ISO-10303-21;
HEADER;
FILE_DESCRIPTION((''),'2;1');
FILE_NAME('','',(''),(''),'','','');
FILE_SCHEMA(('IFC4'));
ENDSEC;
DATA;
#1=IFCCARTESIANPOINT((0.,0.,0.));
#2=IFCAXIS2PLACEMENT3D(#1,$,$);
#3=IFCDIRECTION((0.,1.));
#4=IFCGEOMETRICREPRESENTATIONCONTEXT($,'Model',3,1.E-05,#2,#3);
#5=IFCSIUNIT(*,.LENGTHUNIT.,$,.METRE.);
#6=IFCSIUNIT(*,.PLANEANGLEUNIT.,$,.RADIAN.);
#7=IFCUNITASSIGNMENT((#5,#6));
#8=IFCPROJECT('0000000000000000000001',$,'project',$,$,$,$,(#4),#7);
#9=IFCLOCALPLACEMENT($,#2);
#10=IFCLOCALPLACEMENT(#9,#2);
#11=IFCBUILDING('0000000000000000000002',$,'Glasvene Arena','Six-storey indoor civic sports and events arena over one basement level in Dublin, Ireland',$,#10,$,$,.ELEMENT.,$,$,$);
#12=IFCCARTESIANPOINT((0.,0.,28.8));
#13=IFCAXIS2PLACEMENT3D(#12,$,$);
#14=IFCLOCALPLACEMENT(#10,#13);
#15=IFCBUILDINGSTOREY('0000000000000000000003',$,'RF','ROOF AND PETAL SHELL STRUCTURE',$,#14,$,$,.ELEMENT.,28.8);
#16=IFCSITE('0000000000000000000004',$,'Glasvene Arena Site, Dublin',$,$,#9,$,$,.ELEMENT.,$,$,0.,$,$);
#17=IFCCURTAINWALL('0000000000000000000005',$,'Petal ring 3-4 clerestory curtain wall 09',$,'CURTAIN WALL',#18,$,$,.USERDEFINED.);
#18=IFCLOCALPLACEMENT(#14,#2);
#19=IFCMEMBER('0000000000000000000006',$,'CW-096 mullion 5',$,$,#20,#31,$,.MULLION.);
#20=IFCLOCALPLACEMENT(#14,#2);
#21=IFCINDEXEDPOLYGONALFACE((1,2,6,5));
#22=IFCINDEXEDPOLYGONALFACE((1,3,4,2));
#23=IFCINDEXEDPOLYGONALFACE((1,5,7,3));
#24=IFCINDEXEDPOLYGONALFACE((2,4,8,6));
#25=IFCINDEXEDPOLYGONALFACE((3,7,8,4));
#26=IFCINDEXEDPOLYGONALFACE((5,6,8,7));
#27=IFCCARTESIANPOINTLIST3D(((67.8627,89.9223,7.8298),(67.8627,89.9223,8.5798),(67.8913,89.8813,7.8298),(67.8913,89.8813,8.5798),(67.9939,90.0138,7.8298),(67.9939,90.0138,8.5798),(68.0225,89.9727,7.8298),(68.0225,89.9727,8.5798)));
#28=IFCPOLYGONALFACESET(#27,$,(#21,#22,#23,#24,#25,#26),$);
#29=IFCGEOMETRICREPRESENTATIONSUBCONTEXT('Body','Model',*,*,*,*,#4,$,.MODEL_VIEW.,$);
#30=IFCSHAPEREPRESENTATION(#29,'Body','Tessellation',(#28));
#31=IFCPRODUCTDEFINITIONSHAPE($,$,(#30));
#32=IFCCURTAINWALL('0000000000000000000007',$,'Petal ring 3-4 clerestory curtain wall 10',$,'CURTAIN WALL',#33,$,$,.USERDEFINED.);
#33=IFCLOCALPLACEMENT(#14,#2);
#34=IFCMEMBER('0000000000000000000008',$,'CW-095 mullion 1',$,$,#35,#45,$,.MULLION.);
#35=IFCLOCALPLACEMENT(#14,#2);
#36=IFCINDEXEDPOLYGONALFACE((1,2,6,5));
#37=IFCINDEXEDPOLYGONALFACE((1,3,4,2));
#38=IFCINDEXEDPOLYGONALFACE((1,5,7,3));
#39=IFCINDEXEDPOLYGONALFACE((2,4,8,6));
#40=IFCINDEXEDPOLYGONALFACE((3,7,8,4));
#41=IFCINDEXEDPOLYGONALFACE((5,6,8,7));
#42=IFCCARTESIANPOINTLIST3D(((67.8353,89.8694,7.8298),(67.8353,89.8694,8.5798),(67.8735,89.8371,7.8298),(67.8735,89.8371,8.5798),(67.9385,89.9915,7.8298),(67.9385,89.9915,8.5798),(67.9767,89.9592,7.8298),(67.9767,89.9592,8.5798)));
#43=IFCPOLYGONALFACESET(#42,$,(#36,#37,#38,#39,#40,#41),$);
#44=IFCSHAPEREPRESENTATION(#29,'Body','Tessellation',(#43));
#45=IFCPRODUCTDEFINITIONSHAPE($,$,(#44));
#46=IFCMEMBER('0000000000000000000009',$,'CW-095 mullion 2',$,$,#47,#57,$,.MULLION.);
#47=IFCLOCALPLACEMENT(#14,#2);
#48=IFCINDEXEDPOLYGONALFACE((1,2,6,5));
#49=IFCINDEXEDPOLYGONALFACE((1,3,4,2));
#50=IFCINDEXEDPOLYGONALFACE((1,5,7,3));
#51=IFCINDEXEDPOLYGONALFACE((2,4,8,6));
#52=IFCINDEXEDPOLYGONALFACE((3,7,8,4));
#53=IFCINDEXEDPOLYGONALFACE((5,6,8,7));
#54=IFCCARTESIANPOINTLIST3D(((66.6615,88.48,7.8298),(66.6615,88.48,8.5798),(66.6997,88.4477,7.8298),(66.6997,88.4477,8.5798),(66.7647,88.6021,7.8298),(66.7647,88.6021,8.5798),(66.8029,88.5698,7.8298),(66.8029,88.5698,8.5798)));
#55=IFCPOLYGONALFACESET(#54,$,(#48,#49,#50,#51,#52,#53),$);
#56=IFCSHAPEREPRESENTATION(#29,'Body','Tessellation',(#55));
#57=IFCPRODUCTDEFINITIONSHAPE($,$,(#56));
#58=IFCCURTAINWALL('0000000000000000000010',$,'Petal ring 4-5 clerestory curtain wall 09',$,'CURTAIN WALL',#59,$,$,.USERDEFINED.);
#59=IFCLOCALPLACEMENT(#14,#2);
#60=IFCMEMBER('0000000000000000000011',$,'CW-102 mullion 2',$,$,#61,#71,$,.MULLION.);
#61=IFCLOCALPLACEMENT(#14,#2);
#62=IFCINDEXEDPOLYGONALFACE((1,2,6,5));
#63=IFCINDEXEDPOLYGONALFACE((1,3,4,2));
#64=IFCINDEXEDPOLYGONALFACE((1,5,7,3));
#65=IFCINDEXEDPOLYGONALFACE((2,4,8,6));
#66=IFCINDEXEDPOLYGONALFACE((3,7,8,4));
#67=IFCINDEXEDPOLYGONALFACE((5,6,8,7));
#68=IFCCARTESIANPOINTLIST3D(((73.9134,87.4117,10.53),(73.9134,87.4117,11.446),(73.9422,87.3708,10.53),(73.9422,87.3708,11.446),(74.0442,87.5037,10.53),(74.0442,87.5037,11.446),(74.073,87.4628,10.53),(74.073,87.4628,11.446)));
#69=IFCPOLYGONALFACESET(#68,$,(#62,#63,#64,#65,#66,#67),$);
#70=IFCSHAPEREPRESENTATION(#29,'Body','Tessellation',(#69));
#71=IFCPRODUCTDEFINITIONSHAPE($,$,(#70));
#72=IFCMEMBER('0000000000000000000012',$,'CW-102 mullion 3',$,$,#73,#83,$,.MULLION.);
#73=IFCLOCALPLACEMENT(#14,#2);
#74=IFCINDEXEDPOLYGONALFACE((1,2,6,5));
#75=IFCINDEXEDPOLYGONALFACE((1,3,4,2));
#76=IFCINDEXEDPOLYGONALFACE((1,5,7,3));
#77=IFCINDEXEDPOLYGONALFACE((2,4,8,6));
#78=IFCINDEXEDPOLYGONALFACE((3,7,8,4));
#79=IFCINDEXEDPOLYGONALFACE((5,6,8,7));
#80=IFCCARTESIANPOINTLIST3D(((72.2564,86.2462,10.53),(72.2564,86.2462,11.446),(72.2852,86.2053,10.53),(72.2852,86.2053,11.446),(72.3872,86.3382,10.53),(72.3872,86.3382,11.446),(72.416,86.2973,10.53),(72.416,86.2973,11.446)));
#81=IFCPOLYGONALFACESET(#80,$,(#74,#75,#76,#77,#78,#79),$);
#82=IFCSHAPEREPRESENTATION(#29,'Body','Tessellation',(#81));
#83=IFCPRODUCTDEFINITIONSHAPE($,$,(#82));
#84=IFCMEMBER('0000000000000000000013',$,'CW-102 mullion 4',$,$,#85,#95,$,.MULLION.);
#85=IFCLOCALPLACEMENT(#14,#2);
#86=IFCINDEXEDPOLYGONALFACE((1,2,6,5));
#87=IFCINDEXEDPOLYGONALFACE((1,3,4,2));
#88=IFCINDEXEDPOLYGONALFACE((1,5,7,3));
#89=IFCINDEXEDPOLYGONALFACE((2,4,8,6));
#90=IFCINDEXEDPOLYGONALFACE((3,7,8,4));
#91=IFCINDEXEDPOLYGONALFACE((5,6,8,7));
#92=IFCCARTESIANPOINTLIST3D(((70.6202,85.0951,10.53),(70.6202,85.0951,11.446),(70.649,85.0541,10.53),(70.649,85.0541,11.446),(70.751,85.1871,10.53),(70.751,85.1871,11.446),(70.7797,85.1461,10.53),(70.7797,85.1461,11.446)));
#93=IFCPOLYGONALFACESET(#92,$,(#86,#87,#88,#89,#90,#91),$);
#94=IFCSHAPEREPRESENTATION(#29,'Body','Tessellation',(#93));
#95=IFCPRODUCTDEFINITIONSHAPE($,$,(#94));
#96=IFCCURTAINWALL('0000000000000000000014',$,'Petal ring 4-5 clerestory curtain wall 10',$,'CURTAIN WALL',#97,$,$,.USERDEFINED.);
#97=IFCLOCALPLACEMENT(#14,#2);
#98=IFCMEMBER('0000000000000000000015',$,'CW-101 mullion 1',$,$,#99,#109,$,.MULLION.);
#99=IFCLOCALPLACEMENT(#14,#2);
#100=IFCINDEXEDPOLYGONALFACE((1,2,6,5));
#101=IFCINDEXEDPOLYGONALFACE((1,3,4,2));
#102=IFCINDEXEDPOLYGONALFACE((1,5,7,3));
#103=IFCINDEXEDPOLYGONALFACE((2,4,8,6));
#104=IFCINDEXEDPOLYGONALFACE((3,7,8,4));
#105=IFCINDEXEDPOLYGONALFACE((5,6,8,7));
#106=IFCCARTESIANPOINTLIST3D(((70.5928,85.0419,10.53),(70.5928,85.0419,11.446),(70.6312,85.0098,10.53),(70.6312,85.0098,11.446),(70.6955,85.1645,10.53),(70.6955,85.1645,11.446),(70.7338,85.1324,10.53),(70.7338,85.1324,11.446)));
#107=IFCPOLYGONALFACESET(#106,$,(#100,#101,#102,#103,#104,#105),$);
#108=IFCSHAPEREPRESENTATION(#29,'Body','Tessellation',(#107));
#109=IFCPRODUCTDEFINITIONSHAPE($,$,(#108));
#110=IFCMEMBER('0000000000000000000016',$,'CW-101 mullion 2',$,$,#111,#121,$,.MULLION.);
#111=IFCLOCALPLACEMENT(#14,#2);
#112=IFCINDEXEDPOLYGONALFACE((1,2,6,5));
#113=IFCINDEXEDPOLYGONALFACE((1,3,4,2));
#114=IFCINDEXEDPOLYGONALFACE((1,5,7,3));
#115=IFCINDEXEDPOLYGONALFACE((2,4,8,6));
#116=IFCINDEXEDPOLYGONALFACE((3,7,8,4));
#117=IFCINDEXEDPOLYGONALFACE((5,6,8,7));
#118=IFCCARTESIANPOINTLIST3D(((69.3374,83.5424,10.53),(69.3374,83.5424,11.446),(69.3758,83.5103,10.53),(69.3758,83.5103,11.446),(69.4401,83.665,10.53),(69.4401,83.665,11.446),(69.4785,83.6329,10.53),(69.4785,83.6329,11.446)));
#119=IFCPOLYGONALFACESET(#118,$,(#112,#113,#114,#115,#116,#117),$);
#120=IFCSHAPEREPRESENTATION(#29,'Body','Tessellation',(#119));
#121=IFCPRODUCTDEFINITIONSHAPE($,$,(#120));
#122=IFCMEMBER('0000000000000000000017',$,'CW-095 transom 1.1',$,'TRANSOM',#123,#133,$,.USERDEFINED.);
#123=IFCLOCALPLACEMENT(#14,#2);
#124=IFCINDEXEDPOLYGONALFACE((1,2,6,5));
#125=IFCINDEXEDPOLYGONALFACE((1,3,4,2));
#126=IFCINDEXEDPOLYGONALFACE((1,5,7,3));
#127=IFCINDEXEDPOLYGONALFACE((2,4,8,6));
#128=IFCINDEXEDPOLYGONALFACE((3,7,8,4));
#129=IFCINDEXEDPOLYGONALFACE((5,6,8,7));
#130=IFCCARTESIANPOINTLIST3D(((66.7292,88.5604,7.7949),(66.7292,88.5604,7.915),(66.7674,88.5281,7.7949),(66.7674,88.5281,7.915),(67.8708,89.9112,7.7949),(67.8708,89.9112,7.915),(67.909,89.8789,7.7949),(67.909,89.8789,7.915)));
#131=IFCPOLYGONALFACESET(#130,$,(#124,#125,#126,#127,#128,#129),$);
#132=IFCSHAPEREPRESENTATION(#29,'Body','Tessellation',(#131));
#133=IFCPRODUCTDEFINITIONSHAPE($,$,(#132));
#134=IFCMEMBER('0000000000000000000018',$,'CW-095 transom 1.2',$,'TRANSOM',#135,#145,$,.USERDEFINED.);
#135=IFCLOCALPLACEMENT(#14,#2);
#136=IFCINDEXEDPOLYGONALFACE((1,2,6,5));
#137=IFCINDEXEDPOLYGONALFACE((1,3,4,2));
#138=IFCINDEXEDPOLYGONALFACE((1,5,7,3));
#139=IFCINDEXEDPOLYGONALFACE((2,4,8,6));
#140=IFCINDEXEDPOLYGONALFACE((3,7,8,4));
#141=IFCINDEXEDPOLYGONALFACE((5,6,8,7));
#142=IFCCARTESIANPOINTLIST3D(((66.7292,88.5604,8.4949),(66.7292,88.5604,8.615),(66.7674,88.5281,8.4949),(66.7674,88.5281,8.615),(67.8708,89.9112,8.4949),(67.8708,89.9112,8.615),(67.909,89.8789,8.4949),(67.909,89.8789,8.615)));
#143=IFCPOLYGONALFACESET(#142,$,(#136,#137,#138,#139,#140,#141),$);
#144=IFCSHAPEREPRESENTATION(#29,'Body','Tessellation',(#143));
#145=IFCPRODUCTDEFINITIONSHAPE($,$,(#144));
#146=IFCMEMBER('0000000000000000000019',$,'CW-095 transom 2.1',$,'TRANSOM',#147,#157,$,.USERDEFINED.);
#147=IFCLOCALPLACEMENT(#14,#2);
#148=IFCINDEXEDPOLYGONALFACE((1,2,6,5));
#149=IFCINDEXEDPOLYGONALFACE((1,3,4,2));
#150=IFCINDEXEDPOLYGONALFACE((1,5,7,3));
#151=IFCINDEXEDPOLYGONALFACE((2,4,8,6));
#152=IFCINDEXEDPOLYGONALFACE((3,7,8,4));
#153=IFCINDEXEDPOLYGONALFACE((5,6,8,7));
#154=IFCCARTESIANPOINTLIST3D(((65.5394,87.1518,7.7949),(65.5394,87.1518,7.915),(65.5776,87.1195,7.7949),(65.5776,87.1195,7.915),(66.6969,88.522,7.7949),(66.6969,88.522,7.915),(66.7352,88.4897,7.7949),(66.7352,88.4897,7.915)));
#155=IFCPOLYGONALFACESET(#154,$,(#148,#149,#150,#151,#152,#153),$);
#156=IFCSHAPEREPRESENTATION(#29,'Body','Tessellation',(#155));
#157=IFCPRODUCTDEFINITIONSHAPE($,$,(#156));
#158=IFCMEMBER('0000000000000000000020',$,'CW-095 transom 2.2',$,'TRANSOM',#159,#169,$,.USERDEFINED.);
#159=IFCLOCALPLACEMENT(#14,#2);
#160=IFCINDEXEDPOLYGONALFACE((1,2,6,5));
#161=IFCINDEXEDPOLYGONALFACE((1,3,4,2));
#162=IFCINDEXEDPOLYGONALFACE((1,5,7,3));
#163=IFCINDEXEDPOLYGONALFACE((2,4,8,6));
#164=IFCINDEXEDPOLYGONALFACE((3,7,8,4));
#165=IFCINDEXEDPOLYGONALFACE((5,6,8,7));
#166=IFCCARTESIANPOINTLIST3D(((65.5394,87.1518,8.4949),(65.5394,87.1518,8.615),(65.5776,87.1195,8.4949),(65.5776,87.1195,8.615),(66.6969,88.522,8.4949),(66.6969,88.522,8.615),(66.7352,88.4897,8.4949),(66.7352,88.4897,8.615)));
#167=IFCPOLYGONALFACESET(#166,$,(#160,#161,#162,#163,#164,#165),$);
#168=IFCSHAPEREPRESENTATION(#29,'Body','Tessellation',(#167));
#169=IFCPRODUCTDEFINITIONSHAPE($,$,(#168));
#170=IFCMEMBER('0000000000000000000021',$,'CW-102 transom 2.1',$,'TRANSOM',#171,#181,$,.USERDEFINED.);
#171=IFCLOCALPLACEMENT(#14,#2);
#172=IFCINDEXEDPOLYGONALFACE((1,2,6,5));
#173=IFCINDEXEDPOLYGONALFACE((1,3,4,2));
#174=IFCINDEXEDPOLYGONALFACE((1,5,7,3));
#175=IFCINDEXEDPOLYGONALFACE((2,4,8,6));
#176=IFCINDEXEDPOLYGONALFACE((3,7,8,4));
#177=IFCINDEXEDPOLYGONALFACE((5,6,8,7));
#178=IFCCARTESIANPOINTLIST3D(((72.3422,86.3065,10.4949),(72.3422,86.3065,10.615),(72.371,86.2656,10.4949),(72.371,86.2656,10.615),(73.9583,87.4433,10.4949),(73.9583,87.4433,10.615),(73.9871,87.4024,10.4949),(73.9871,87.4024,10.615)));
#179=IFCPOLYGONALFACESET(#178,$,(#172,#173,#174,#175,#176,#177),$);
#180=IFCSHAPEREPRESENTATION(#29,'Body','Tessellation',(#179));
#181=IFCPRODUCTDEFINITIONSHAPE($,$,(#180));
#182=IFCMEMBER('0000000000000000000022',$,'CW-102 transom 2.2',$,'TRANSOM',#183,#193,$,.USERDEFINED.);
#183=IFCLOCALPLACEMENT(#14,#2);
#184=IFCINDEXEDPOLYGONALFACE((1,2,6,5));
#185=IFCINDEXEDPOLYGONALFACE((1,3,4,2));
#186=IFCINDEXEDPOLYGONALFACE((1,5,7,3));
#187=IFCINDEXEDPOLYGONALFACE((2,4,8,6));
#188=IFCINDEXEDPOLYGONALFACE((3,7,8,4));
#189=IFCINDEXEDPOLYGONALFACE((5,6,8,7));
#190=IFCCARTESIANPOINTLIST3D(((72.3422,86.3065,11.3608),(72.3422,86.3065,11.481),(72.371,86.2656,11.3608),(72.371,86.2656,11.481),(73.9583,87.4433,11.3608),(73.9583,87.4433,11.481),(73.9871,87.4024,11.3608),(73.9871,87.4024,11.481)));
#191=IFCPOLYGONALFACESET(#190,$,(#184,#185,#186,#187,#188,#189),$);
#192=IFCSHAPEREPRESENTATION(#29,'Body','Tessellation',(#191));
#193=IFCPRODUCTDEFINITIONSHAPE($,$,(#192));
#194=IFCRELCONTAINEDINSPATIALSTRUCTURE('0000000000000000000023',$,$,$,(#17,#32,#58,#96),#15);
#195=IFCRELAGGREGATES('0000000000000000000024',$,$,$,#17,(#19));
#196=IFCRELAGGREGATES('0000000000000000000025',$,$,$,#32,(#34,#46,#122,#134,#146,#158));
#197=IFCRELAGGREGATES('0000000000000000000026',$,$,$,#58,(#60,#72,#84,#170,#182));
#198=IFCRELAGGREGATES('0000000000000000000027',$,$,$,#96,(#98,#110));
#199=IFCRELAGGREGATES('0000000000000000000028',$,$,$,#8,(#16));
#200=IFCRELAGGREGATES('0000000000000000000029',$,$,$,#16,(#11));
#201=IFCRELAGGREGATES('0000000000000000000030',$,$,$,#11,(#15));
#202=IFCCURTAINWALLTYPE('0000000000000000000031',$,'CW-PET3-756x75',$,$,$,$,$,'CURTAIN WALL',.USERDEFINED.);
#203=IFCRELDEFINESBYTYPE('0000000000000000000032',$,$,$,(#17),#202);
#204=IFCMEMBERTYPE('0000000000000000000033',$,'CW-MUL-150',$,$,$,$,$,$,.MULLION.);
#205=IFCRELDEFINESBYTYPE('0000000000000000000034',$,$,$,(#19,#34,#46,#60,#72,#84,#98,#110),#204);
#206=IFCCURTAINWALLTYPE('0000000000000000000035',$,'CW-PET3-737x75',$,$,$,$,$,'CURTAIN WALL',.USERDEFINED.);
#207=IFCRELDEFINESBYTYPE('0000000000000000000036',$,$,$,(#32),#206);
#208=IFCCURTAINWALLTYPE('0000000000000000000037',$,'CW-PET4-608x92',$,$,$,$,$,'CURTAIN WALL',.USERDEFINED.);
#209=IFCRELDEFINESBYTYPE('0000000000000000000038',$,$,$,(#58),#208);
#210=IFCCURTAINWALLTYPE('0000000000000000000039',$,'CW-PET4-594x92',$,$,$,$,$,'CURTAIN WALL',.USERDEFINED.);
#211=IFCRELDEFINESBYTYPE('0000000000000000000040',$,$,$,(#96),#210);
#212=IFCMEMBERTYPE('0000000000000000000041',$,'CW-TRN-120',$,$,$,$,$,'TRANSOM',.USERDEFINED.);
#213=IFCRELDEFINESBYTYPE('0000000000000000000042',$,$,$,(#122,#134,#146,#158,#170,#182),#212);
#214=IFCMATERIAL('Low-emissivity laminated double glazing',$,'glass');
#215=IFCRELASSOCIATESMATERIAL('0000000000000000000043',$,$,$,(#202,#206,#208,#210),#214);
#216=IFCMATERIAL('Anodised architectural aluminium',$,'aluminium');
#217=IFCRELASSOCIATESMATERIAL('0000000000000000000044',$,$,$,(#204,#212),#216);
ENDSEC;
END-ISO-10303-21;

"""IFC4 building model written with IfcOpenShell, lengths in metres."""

from ifc_helpers import new_model, si_unit, direction, frame, origin, origin_2d, place, context, subcontext, project, spatial, rectangle, extrude, material, material_profile, profile_set, type_object, element, aggregate, save


model = new_model("IFC4")

# Units and contexts
model_context = context("Model", 3, precision=1e-05, world=origin(), true_north=direction((0.0, 1.0)))
body_context = subcontext(model_context, "Body", "Model", "MODEL_VIEW")
ifc_project = project(units=[si_unit("LENGTHUNIT", "METRE"), si_unit("PLANEANGLEUNIT", "RADIAN")], contexts=[model_context])

# Site, building, storey
site_placement = place(None, origin())
site = spatial("IfcSite", under=ifc_project, at=site_placement, Name="Glasvene Arena Site, Dublin", CompositionType="ELEMENT", RefElevation=0.0)
building_placement = place(site_placement, origin())
building = spatial("IfcBuilding", under=site, at=building_placement, Name="Glasvene Arena", Description="Six-storey indoor civic sports and events arena over one basement level in Dublin, Ireland", CompositionType="ELEMENT")
storey_placement = place(building_placement, frame((0.0, 0.0, 28.8)))
storey = spatial("IfcBuildingStorey", under=building, at=storey_placement, Name="RF", Description="ROOF AND PETAL SHELL STRUCTURE", CompositionType="ELEMENT", Elevation=28.8)

# Curtain wall, member
ifc_material_1 = material(Name="Low-emissivity laminated double glazing", Category="glass")
curtain_wall_type_1 = type_object("IfcCurtainWallType", Name="CW-PET3-756x75", ElementType="CURTAIN WALL", PredefinedType="USERDEFINED", material=ifc_material_1)
curtain_wall_1_placement = place(storey_placement, frame((74.125, 94.2559, 0.0)))
curtain_wall_1 = element("IfcCurtainWall", 1, at=curtain_wall_1_placement, inside=storey, type_object=curtain_wall_type_1, Name="Petal ring 3-4 clerestory curtain wall 09", ObjectType="CURTAIN WALL", PredefinedType="USERDEFINED")
ifc_material_2 = material(Name="Anodised architectural aluminium", Category="aluminium")
ifc_material_profile_1 = material_profile(ifc_material_2, rectangle(XDim=0.05, YDim=0.1599, at=origin_2d()), Name="ALU MULLION 50x160")
ifc_profile_set_1 = profile_set([ifc_material_profile_1], Name="Anodised architectural aluminium")
member_type_1 = type_object("IfcMemberType", Name="CW-MUL-150", PredefinedType="MULLION", material=ifc_profile_set_1)
member_1_placement = place(storey_placement, frame((67.9426, 89.9475, 7.8298), z_axis=(0.0, 0.0, 1.0), x_axis=(0.571742, -0.820433, 0.0)))
member_1 = element("IfcMember", 2, at=member_1_placement, type_object=member_type_1, Name="CW-096 mullion 5", PredefinedType="MULLION", context=body_context, shape_type="SweptSolid", body=[
    extrude(rectangle(XDim=0.05, YDim=0.1599, at=origin_2d()), origin(), (0.0, 0.0, 1.0), 0.75),
])
aggregate(curtain_wall_1, [member_1])

# Curtain walls, members
curtain_wall_type_2 = type_object("IfcCurtainWallType", Name="CW-PET3-737x75", ElementType="CURTAIN WALL", PredefinedType="USERDEFINED", material=ifc_material_1)
curtain_wall_2_placement = place(storey_placement, frame((67.9221, 89.9333, 0.0)))
curtain_wall_2 = element("IfcCurtainWall", 3, at=curtain_wall_2_placement, inside=storey, type_object=curtain_wall_type_2, Name="Petal ring 3-4 clerestory curtain wall 10", ObjectType="CURTAIN WALL", PredefinedType="USERDEFINED")
member_2_placement = place(storey_placement, frame((67.906, 89.9143, 7.8298), z_axis=(0.0, 0.0, 1.0), x_axis=(0.76385, -0.645394, 0.0)))
member_2 = element("IfcMember", 4, at=member_2_placement, type_object=member_type_1, Name="CW-095 mullion 1", PredefinedType="MULLION", context=body_context, shape_type="SweptSolid", body=[
    extrude(rectangle(XDim=0.05, YDim=0.1599, at=origin_2d()), origin(), (0.0, 0.0, 1.0), 0.75),
])
member_3_placement = place(storey_placement, frame((66.7322, 88.5249, 7.8298), z_axis=(0.0, 0.0, 1.0), x_axis=(0.76385, -0.645394, 0.0)))
member_3 = element("IfcMember", 5, at=member_3_placement, type_object=member_type_1, Name="CW-095 mullion 2", PredefinedType="MULLION", context=body_context, shape_type="SweptSolid", body=[
    extrude(rectangle(XDim=0.05, YDim=0.1599, at=origin_2d()), origin(), (0.0, 0.0, 1.0), 0.75),
])
curtain_wall_type_3 = type_object("IfcCurtainWallType", Name="CW-PET4-608x92", ElementType="CURTAIN WALL", PredefinedType="USERDEFINED", material=ifc_material_1)
curtain_wall_3_placement = place(storey_placement, frame((75.6499, 88.6025, 0.0)))
curtain_wall_3 = element("IfcCurtainWall", 6, at=curtain_wall_3_placement, inside=storey, type_object=curtain_wall_type_3, Name="Petal ring 4-5 clerestory curtain wall 09", ObjectType="CURTAIN WALL", PredefinedType="USERDEFINED")
member_4_placement = place(storey_placement, frame((73.9932, 87.4373, 10.53), z_axis=(0.0, 0.0, 1.0), x_axis=(0.575325, -0.817925, 0.0)))
member_4 = element("IfcMember", 7, at=member_4_placement, type_object=member_type_1, Name="CW-102 mullion 2", PredefinedType="MULLION", context=body_context, shape_type="SweptSolid", body=[
    extrude(rectangle(XDim=0.05, YDim=0.1599, at=origin_2d()), origin(), (0.0, 0.0, 1.0), 0.916),
])
member_5_placement = place(storey_placement, frame((72.3362, 86.2717, 10.53), z_axis=(0.0, 0.0, 1.0), x_axis=(0.575325, -0.817925, 0.0)))
member_5 = element("IfcMember", 8, at=member_5_placement, type_object=member_type_1, Name="CW-102 mullion 3", PredefinedType="MULLION", context=body_context, shape_type="SweptSolid", body=[
    extrude(rectangle(XDim=0.05, YDim=0.1599, at=origin_2d()), origin(), (0.0, 0.0, 1.0), 0.916),
])
member_6_placement = place(storey_placement, frame((70.7, 85.1206, 10.53), z_axis=(0.0, 0.0, 1.0), x_axis=(0.575325, -0.817925, 0.0)))
member_6 = element("IfcMember", 9, at=member_6_placement, type_object=member_type_1, Name="CW-102 mullion 4", PredefinedType="MULLION", context=body_context, shape_type="SweptSolid", body=[
    extrude(rectangle(XDim=0.05, YDim=0.1599, at=origin_2d()), origin(), (0.0, 0.0, 1.0), 0.916),
])
curtain_wall_type_4 = type_object("IfcCurtainWallType", Name="CW-PET4-594x92", ElementType="CURTAIN WALL", PredefinedType="USERDEFINED", material=ifc_material_1)
curtain_wall_4_placement = place(storey_placement, frame((70.6794, 85.1062, 0.0)))
curtain_wall_4 = element("IfcCurtainWall", 10, at=curtain_wall_4_placement, inside=storey, type_object=curtain_wall_type_4, Name="Petal ring 4-5 clerestory curtain wall 10", ObjectType="CURTAIN WALL", PredefinedType="USERDEFINED")
member_7_placement = place(storey_placement, frame((70.6633, 85.0872, 10.53), z_axis=(0.0, 0.0, 1.0), x_axis=(0.766805, -0.64188, 0.0)))
member_7 = element("IfcMember", 11, at=member_7_placement, type_object=member_type_1, Name="CW-101 mullion 1", PredefinedType="MULLION", context=body_context, shape_type="SweptSolid", body=[
    extrude(rectangle(XDim=0.05, YDim=0.1599, at=origin_2d()), origin(), (0.0, 0.0, 1.0), 0.916),
])
member_8_placement = place(storey_placement, frame((69.408, 83.5876, 10.53), z_axis=(0.0, 0.0, 1.0), x_axis=(0.766805, -0.64188, 0.0)))
member_8 = element("IfcMember", 12, at=member_8_placement, type_object=member_type_1, Name="CW-101 mullion 2", PredefinedType="MULLION", context=body_context, shape_type="SweptSolid", body=[
    extrude(rectangle(XDim=0.05, YDim=0.1599, at=origin_2d()), origin(), (0.0, 0.0, 1.0), 0.916),
])

# Members
ifc_material_profile_2 = material_profile(ifc_material_2, rectangle(XDim=0.05, YDim=0.1201, at=origin_2d()), Name="ALU TRANSOM 50x120")
ifc_profile_set_2 = profile_set([ifc_material_profile_2], Name="Anodised architectural aluminium")
member_type_2 = type_object("IfcMemberType", Name="CW-TRN-120", ElementType="TRANSOM", PredefinedType="USERDEFINED", material=ifc_profile_set_2)
member_9_placement = place(storey_placement, frame((67.8899, 89.895, 7.855), z_axis=(-0.645478, -0.763779, 0.0), x_axis=(0.763779, -0.645478, 0.0)))
member_9 = element("IfcMember", 13, at=member_9_placement, type_object=member_type_2, Name="CW-095 transom 1.1", ObjectType="TRANSOM", PredefinedType="USERDEFINED", context=body_context, shape_type="SweptSolid", body=[
    extrude(rectangle(XDim=0.05, YDim=0.1201, at=origin_2d()), origin(), (0.0, 0.0, 1.0), 1.7686),
])
member_10_placement = place(storey_placement, frame((67.8899, 89.895, 8.5549), z_axis=(-0.645478, -0.763779, 0.0), x_axis=(0.763779, -0.645478, 0.0)))
member_10 = element("IfcMember", 14, at=member_10_placement, type_object=member_type_2, Name="CW-095 transom 1.2", ObjectType="TRANSOM", PredefinedType="USERDEFINED", context=body_context, shape_type="SweptSolid", body=[
    extrude(rectangle(XDim=0.05, YDim=0.1201, at=origin_2d()), origin(), (0.0, 0.0, 1.0), 1.7686),
])
member_11_placement = place(storey_placement, frame((66.7161, 88.5059, 7.855), z_axis=(-0.645338, -0.763897, 0.0), x_axis=(0.763897, -0.645338, 0.0)))
member_11 = element("IfcMember", 15, at=member_11_placement, type_object=member_type_2, Name="CW-095 transom 2.1", ObjectType="TRANSOM", PredefinedType="USERDEFINED", context=body_context, shape_type="SweptSolid", body=[
    extrude(rectangle(XDim=0.05, YDim=0.1201, at=origin_2d()), origin(), (0.0, 0.0, 1.0), 1.7937),
])
member_12_placement = place(storey_placement, frame((66.7161, 88.5059, 8.5549), z_axis=(-0.645338, -0.763897, 0.0), x_axis=(0.763897, -0.645338, 0.0)))
member_12 = element("IfcMember", 16, at=member_12_placement, type_object=member_type_2, Name="CW-095 transom 2.2", ObjectType="TRANSOM", PredefinedType="USERDEFINED", context=body_context, shape_type="SweptSolid", body=[
    extrude(rectangle(XDim=0.05, YDim=0.1201, at=origin_2d()), origin(), (0.0, 0.0, 1.0), 1.7937),
])
member_13_placement = place(storey_placement, frame((73.9727, 87.4229, 10.5549), z_axis=(-0.817912, -0.575343, 0.0), x_axis=(0.575343, -0.817912, 0.0)))
member_13 = element("IfcMember", 17, at=member_13_placement, type_object=member_type_2, Name="CW-102 transom 2.1", ObjectType="TRANSOM", PredefinedType="USERDEFINED", context=body_context, shape_type="SweptSolid", body=[
    extrude(rectangle(XDim=0.05, YDim=0.1201, at=origin_2d()), origin(), (0.0, 0.0, 1.0), 1.9758),
])
member_14_placement = place(storey_placement, frame((73.9727, 87.4229, 11.4209), z_axis=(-0.817912, -0.575343, 0.0), x_axis=(0.575343, -0.817912, 0.0)))
member_14 = element("IfcMember", 18, at=member_14_placement, type_object=member_type_2, Name="CW-102 transom 2.2", ObjectType="TRANSOM", PredefinedType="USERDEFINED", context=body_context, shape_type="SweptSolid", body=[
    extrude(rectangle(XDim=0.05, YDim=0.1201, at=origin_2d()), origin(), (0.0, 0.0, 1.0), 1.9758),
])

aggregate(curtain_wall_2, [member_2, member_3, member_9, member_10, member_11, member_12])
aggregate(curtain_wall_3, [member_4, member_5, member_6, member_13, member_14])
aggregate(curtain_wall_4, [member_7, member_8])

save(model, "model.ifc")
